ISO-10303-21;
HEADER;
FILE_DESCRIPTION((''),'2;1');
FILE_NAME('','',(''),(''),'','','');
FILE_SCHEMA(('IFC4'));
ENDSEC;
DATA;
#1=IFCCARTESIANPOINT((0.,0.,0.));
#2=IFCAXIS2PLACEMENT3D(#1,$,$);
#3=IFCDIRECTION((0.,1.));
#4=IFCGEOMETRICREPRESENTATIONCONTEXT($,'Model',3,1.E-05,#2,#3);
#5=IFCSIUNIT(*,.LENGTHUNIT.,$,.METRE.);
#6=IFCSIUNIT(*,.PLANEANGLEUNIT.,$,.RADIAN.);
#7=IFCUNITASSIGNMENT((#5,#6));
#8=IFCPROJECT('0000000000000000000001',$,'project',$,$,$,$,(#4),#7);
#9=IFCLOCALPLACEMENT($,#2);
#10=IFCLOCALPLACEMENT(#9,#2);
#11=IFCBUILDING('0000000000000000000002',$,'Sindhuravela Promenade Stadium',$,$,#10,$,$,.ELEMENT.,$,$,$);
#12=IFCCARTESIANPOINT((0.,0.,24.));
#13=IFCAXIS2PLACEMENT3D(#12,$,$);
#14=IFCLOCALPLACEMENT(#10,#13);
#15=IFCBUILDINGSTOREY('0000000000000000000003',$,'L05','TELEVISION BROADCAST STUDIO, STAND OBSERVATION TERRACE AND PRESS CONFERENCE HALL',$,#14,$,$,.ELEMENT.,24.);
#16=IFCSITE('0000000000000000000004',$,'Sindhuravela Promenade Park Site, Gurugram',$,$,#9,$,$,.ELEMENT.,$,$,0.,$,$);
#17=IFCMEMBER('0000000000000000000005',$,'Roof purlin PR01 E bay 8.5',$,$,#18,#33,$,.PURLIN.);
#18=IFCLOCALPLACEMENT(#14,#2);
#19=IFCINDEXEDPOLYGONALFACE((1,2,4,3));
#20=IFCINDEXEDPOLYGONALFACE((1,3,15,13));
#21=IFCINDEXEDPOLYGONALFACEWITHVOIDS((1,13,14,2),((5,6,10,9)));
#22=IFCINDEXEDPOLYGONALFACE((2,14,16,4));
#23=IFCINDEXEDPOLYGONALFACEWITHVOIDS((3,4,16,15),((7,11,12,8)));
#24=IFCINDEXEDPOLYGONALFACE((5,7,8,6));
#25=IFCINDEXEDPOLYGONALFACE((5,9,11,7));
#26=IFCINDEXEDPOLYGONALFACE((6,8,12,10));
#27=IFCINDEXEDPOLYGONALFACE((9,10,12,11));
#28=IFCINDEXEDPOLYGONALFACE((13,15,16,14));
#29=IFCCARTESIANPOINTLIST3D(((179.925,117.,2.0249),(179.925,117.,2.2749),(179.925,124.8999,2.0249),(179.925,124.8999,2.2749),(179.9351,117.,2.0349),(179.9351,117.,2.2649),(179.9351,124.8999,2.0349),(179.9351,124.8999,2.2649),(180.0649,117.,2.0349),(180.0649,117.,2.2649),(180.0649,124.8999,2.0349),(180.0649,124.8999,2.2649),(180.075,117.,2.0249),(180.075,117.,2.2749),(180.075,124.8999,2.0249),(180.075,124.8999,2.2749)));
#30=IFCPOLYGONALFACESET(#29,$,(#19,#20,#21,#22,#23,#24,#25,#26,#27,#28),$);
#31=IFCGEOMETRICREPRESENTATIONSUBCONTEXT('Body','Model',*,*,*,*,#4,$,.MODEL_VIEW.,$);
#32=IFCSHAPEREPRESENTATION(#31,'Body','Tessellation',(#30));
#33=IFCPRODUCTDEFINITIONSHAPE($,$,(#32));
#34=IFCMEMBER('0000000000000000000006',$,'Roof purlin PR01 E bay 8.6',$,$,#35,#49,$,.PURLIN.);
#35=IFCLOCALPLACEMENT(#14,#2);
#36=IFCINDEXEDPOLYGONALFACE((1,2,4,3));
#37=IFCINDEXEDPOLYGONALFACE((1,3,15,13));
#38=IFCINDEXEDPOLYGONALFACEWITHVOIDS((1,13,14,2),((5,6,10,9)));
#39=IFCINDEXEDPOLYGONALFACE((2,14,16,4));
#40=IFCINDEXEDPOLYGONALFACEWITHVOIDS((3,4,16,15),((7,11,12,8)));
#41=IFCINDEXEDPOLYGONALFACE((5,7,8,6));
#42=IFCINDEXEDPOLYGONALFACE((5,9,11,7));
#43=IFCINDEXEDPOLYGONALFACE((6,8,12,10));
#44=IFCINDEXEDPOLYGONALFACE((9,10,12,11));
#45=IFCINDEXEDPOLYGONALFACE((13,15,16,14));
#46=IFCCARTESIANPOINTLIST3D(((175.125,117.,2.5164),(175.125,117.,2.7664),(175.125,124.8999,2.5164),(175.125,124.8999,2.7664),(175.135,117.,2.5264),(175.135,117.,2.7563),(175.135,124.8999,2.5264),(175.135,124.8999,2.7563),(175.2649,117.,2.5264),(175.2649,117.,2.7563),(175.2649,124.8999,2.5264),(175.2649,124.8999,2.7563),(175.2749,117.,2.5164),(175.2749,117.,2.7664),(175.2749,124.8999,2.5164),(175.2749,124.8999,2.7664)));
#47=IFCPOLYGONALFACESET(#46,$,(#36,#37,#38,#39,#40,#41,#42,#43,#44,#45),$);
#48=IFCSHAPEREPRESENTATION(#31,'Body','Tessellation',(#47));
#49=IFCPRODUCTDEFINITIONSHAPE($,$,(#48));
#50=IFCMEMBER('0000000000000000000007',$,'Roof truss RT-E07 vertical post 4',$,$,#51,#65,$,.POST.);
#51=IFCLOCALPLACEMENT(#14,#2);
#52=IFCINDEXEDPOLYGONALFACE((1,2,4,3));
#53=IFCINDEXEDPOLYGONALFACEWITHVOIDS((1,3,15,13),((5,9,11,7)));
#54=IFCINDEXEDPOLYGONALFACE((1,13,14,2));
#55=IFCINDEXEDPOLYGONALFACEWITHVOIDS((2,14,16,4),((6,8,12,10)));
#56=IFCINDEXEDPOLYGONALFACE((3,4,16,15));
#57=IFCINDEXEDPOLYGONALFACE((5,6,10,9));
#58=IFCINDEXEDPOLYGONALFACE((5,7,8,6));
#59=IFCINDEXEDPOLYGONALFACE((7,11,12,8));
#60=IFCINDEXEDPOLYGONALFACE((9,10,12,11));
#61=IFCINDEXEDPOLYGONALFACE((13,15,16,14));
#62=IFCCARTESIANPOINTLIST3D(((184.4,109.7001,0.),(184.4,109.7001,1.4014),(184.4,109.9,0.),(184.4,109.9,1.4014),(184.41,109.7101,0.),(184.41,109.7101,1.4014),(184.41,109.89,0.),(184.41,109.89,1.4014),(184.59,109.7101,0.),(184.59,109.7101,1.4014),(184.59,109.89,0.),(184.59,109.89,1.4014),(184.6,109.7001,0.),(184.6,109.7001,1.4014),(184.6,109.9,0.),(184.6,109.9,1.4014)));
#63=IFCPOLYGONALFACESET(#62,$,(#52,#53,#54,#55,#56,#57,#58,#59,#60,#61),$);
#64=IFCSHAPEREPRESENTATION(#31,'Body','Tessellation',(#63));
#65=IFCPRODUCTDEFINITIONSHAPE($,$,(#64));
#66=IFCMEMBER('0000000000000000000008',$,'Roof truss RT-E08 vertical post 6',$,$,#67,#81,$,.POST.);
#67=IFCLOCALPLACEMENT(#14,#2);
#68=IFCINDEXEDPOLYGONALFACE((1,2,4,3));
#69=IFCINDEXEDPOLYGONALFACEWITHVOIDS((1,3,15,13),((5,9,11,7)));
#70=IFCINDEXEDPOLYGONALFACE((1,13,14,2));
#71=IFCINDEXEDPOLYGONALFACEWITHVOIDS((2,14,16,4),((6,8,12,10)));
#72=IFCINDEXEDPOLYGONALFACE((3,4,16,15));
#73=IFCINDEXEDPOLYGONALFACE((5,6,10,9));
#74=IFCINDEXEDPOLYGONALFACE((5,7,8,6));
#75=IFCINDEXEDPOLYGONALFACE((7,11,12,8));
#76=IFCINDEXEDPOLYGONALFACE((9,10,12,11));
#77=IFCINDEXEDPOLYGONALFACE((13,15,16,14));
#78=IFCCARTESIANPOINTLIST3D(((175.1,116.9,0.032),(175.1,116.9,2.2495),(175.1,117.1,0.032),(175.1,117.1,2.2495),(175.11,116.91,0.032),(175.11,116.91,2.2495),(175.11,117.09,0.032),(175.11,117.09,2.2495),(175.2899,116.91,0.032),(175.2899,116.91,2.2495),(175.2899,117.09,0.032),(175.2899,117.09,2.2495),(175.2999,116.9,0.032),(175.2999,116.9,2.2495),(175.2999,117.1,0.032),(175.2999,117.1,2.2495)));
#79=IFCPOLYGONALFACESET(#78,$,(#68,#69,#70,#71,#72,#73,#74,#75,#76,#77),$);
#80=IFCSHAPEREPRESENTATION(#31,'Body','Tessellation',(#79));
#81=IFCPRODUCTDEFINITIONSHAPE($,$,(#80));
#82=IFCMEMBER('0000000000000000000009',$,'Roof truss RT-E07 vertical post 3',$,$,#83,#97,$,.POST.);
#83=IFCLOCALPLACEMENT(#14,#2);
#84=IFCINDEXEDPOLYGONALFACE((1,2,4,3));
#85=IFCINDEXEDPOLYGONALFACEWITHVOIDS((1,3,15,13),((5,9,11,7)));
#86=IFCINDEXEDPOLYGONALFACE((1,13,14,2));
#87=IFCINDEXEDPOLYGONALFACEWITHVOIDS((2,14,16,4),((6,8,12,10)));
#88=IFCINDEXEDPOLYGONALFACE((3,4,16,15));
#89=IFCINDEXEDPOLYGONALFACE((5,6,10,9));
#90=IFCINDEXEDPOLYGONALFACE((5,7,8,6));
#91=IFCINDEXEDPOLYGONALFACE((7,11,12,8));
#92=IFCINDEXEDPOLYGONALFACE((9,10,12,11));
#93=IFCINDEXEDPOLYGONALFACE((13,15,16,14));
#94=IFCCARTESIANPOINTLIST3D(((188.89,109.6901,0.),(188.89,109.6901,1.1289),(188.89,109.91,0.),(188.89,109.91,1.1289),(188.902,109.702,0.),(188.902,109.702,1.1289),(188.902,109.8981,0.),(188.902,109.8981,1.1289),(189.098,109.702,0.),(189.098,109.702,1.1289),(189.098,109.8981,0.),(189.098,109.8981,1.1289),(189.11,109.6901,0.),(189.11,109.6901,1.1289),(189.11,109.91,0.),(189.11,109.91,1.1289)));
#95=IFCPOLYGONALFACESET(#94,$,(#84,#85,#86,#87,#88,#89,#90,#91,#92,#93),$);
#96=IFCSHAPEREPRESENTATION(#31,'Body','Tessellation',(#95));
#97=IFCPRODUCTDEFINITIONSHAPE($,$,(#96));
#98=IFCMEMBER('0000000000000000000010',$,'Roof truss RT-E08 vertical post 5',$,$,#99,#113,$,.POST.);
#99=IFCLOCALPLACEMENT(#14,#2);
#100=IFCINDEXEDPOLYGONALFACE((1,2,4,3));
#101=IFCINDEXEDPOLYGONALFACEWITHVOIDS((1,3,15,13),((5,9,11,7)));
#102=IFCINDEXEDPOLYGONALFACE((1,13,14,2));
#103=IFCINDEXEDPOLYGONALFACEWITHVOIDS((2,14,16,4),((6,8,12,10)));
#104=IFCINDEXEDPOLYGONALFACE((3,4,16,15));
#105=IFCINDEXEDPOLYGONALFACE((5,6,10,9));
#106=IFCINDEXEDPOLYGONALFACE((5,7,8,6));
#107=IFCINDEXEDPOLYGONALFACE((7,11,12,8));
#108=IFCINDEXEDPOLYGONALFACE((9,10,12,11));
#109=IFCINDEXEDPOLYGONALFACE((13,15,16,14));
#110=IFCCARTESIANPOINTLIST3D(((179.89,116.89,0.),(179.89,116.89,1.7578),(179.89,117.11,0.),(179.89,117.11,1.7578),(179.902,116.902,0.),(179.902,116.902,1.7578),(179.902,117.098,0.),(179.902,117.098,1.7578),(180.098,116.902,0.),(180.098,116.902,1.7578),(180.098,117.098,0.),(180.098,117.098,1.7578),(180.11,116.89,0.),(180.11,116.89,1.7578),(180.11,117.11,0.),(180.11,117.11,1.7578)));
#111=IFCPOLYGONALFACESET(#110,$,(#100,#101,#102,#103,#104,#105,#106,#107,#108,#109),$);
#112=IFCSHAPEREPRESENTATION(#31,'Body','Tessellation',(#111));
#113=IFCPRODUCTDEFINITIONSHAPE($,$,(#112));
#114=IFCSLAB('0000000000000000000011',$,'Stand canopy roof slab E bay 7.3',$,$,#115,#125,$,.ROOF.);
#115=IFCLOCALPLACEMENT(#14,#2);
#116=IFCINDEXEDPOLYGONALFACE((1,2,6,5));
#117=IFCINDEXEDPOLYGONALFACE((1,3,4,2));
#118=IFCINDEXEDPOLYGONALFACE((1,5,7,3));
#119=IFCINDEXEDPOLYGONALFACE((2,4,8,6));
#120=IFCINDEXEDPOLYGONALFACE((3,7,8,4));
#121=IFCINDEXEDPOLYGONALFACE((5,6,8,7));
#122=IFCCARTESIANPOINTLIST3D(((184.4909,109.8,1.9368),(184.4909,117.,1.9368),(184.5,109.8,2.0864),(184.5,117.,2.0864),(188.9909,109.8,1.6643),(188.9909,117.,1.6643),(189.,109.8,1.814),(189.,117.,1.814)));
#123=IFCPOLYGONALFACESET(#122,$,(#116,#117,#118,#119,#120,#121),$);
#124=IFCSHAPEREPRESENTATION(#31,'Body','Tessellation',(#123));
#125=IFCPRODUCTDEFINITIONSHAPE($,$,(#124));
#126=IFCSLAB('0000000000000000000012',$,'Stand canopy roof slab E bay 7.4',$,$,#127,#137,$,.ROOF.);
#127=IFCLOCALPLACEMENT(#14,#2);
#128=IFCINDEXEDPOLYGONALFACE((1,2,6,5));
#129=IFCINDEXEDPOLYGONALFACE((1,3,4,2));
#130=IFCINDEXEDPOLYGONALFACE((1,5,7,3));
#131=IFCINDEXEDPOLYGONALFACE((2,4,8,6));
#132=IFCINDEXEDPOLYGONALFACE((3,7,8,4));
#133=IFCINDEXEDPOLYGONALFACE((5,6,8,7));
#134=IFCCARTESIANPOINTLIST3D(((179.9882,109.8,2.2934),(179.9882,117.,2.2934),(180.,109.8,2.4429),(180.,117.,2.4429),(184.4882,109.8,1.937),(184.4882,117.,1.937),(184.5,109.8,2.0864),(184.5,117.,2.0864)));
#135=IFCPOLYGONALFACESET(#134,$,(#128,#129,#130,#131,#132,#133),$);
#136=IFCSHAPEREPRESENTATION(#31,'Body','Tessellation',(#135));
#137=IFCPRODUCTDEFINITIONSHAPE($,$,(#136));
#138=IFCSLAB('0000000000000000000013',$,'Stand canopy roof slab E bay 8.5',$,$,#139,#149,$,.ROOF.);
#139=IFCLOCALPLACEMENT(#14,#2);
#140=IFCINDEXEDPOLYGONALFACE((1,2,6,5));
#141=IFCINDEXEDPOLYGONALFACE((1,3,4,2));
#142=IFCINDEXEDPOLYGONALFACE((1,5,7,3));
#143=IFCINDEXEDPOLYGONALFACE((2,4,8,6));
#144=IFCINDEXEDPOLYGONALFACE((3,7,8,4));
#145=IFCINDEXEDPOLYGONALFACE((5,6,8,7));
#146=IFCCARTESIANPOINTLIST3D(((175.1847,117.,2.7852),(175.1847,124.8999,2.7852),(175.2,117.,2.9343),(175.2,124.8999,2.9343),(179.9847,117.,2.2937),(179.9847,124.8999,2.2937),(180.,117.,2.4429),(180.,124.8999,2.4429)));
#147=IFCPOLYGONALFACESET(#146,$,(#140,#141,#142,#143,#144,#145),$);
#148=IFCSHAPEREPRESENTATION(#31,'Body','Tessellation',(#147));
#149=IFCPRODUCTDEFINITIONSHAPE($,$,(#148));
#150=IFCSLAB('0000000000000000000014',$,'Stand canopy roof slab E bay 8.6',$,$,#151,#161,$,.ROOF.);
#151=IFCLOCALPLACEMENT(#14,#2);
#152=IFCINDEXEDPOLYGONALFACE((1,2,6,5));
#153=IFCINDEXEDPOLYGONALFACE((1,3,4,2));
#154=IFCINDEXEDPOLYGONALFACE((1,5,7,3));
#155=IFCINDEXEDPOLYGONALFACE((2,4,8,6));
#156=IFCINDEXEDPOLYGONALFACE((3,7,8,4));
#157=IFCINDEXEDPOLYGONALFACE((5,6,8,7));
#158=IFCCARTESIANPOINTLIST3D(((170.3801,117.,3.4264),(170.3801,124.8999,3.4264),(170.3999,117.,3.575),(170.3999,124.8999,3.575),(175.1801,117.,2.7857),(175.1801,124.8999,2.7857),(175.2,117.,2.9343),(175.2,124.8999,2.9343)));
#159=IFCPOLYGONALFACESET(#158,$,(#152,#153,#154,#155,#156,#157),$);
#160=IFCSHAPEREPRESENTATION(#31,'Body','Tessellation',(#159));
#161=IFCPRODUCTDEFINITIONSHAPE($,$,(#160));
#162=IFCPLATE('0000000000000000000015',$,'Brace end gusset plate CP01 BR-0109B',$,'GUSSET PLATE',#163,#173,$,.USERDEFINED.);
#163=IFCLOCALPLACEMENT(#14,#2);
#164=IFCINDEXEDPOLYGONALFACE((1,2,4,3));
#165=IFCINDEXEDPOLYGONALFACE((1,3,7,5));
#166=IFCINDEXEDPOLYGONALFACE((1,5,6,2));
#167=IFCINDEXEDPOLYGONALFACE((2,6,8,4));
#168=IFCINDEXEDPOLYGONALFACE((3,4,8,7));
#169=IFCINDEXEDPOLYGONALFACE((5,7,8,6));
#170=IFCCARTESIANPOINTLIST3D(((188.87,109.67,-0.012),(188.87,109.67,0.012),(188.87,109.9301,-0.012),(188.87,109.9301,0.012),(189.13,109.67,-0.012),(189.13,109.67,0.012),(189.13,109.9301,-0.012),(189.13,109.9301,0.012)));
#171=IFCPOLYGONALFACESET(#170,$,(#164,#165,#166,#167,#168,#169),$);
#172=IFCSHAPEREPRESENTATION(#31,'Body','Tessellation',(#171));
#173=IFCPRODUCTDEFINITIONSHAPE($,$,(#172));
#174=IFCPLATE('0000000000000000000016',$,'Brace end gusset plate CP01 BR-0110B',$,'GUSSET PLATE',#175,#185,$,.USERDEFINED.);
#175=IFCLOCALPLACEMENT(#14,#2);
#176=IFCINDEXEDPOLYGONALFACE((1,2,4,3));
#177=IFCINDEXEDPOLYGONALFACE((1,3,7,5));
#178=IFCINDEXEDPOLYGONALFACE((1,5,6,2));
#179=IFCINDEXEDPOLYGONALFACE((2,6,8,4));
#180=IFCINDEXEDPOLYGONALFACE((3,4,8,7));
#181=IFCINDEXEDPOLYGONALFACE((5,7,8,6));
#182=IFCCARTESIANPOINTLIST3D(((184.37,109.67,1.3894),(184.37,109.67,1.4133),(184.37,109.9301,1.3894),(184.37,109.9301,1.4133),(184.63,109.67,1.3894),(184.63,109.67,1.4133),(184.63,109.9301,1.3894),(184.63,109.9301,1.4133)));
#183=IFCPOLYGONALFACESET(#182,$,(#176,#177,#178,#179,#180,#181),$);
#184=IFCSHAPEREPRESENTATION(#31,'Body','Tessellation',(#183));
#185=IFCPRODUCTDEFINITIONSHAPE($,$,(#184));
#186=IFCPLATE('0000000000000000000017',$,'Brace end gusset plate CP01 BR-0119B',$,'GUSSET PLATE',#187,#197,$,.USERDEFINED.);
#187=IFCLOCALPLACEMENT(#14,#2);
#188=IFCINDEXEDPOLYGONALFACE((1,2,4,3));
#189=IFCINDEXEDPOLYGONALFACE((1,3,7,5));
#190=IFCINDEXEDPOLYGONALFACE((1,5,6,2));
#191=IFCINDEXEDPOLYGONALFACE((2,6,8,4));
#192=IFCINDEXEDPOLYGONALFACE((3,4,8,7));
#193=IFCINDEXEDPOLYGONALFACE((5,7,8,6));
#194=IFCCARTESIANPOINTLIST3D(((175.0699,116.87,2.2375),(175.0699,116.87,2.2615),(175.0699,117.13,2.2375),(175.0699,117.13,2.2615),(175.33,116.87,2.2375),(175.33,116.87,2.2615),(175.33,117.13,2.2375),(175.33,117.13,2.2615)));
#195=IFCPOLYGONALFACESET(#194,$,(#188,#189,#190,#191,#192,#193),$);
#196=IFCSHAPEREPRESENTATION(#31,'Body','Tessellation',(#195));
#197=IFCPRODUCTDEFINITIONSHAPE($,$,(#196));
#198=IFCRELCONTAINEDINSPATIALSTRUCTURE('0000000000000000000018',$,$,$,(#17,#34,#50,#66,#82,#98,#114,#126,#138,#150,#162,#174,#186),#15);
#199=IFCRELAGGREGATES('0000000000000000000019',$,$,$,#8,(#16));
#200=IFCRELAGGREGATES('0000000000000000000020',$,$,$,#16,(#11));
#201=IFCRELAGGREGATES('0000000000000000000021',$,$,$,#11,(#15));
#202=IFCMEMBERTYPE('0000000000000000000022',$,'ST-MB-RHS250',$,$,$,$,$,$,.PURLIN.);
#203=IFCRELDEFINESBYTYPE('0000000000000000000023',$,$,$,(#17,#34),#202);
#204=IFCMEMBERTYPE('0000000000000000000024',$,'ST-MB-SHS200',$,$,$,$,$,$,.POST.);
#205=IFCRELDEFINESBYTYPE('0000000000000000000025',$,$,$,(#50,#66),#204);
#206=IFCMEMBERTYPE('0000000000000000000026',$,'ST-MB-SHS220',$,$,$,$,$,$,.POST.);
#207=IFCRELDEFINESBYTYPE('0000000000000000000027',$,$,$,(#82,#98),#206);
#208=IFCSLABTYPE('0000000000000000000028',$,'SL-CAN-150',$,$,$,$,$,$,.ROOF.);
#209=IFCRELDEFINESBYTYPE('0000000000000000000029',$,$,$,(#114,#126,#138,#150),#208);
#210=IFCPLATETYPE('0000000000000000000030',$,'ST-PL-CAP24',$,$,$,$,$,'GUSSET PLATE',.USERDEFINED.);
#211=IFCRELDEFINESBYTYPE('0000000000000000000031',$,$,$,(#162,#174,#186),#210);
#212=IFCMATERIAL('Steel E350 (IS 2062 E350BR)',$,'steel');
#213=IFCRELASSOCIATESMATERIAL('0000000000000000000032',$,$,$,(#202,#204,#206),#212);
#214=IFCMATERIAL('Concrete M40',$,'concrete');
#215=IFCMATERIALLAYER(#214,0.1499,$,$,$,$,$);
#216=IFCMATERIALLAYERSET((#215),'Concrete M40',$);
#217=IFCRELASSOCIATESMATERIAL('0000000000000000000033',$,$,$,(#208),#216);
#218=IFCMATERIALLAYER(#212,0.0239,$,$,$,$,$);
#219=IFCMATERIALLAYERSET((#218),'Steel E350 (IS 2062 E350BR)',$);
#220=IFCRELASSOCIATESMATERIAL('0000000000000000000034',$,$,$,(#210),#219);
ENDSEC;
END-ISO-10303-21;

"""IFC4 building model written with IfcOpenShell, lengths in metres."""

from ifc_helpers import new_model, si_unit, direction, frame, origin, origin_2d, place, context, subcontext, project, spatial, polyline, rectangle, hollow_rectangle, outline, extrude, material, layer, layer_set, material_profile, profile_set, type_object, element, save


model = new_model("IFC4")

# Units and contexts
model_context = context("Model", 3, precision=1e-05, world=origin(), true_north=direction((0.0, 1.0)))
body_context = subcontext(model_context, "Body", "Model", "MODEL_VIEW")
ifc_project = project(units=[si_unit("LENGTHUNIT", "METRE"), si_unit("PLANEANGLEUNIT", "RADIAN")], contexts=[model_context])

# Site, building, storey
site_placement = place(None, origin())
site = spatial("IfcSite", under=ifc_project, at=site_placement, Name="Sindhuravela Promenade Park Site, Gurugram", CompositionType="ELEMENT", RefElevation=0.0)
building_placement = place(site_placement, origin())
building = spatial("IfcBuilding", under=site, at=building_placement, Name="Sindhuravela Promenade Stadium", CompositionType="ELEMENT")
storey_placement = place(building_placement, frame((0.0, 0.0, 24.0)))
storey = spatial("IfcBuildingStorey", under=building, at=storey_placement, Name="L05", Description="TELEVISION BROADCAST STUDIO, STAND OBSERVATION TERRACE AND PRESS CONFERENCE HALL", CompositionType="ELEMENT", Elevation=24.0)

# Shared definitions
ifc_material_1 = material(Name="Concrete M40", Category="concrete")
ifc_material_2 = material(Name="Steel E350 (IS 2062 E350BR)", Category="steel")

# Members
ifc_material_profile_1 = material_profile(ifc_material_2, hollow_rectangle(XDim=0.1499, YDim=0.25, WallThickness=0.01, at=origin_2d()), Name="RHS 250x150x10")
ifc_profile_set_1 = profile_set([ifc_material_profile_1], Name="Steel E350 (IS 2062 E350BR)")
member_type_1 = type_object("IfcMemberType", Name="ST-MB-RHS250", PredefinedType="PURLIN", material=ifc_profile_set_1)
for number, where, z_axis, x_axis, name in (
    (1, (180.0, 117.0, 2.1499), (0.0, 1.0, 0.0), (-1.0, 0.0, 0.0), "Roof purlin PR01 E bay 8.5"),
    (2, (175.2, 117.0, 2.6414), (0.0, 1.0, 0.0), (-1.0, 0.0, 0.0), "Roof purlin PR01 E bay 8.6"),
):
    element("IfcMember", number, at=place(storey_placement, frame(where, z_axis=z_axis, x_axis=x_axis)), inside=storey, type_object=member_type_1, Name=name, PredefinedType="PURLIN", context=body_context, shape_type="SweptSolid", body=[
        extrude(hollow_rectangle(XDim=0.1499, YDim=0.25, WallThickness=0.01, at=origin_2d()), origin(), (0.0, 0.0, 1.0), 7.8999),
    ])
ifc_material_profile_2 = material_profile(ifc_material_2, hollow_rectangle(XDim=0.2, YDim=0.2, WallThickness=0.01, at=origin_2d()), Name="SHS 200x200x10")
ifc_profile_set_2 = profile_set([ifc_material_profile_2], Name="Steel E350 (IS 2062 E350BR)")
member_type_2 = type_object("IfcMemberType", Name="ST-MB-SHS200", PredefinedType="POST", material=ifc_profile_set_2)
member_1_placement = place(storey_placement, frame((184.5, 109.8, 0.0), z_axis=(0.0, 0.0, 1.0), x_axis=(1.0, 0.0, 0.0)))
element("IfcMember", 3, at=member_1_placement, inside=storey, type_object=member_type_2, Name="Roof truss RT-E07 vertical post 4", PredefinedType="POST", context=body_context, shape_type="SweptSolid", body=[
    extrude(hollow_rectangle(XDim=0.2, YDim=0.2, WallThickness=0.01, at=origin_2d()), origin(), (0.0, 0.0, 1.0), 1.4014),
])
member_2_placement = place(storey_placement, frame((175.2, 117.0, 0.032), z_axis=(0.0, 0.0, 1.0), x_axis=(1.0, 0.0, 0.0)))
element("IfcMember", 4, at=member_2_placement, inside=storey, type_object=member_type_2, Name="Roof truss RT-E08 vertical post 6", PredefinedType="POST", context=body_context, shape_type="SweptSolid", body=[
    extrude(hollow_rectangle(XDim=0.2, YDim=0.2, WallThickness=0.01, at=origin_2d()), origin(), (0.0, 0.0, 1.0), 2.2175),
])
ifc_material_profile_3 = material_profile(ifc_material_2, hollow_rectangle(XDim=0.22, YDim=0.22, WallThickness=0.012, at=origin_2d()), Name="SHS 220x220x12")
ifc_profile_set_3 = profile_set([ifc_material_profile_3], Name="Steel E350 (IS 2062 E350BR)")
member_type_3 = type_object("IfcMemberType", Name="ST-MB-SHS220", PredefinedType="POST", material=ifc_profile_set_3)
member_3_placement = place(storey_placement, frame((189.0, 109.8, 0.0), z_axis=(0.0, 0.0, 1.0), x_axis=(1.0, 0.0, 0.0)))
element("IfcMember", 5, at=member_3_placement, inside=storey, type_object=member_type_3, Name="Roof truss RT-E07 vertical post 3", PredefinedType="POST", context=body_context, shape_type="SweptSolid", body=[
    extrude(hollow_rectangle(XDim=0.22, YDim=0.22, WallThickness=0.012, at=origin_2d()), origin(), (0.0, 0.0, 1.0), 1.1289),
])
member_4_placement = place(storey_placement, frame((180.0, 117.0, 0.0), z_axis=(0.0, 0.0, 1.0), x_axis=(1.0, 0.0, 0.0)))
element("IfcMember", 6, at=member_4_placement, inside=storey, type_object=member_type_3, Name="Roof truss RT-E08 vertical post 5", PredefinedType="POST", context=body_context, shape_type="SweptSolid", body=[
    extrude(hollow_rectangle(XDim=0.22, YDim=0.22, WallThickness=0.012, at=origin_2d()), origin(), (0.0, 0.0, 1.0), 1.7578),
])

# Slabs
ifc_layer_1 = layer(ifc_material_1, 0.1499)
ifc_layer_set_1 = layer_set([ifc_layer_1], Name="Concrete M40")
slab_type = type_object("IfcSlabType", Name="SL-CAN-150", PredefinedType="ROOF", material=ifc_layer_set_1)
slab_1_placement = place(storey_placement, frame((189.0, 109.8, 1.814), z_axis=(0.060436, 0.0, 0.998172), x_axis=(0.0, 1.0, 0.0)))
element("IfcSlab", 7, at=slab_1_placement, inside=storey, type_object=slab_type, Name="Stand canopy roof slab E bay 7.3", PredefinedType="ROOF", context=body_context, shape_type="SweptSolid", body=[
    extrude(outline(polyline([(0.0, 0.0), (7.2, 0.0), (7.2, 4.5082), (0.0, 4.5082), (0.0, 0.0)])), origin(), (0.0, 0.0, -1.0), 0.1499),
])
slab_2_placement = place(storey_placement, frame((184.5, 109.8, 2.0864), z_axis=(0.078963, 0.0, 0.996878), x_axis=(0.0, 1.0, 0.0)))
element("IfcSlab", 8, at=slab_2_placement, inside=storey, type_object=slab_type, Name="Stand canopy roof slab E bay 7.4", PredefinedType="ROOF", context=body_context, shape_type="SweptSolid", body=[
    extrude(outline(polyline([(0.0, 0.0), (7.2, 0.0), (7.2, 4.5141), (0.0, 4.5141), (0.0, 0.0)])), origin(), (0.0, 0.0, -1.0), 0.1499),
])
slab_3_placement = place(storey_placement, frame((180.0, 117.0, 2.4429), z_axis=(0.101853, 0.0, 0.994799), x_axis=(0.0, 1.0, 0.0)))
element("IfcSlab", 9, at=slab_3_placement, inside=storey, type_object=slab_type, Name="Stand canopy roof slab E bay 8.5", PredefinedType="ROOF", context=body_context, shape_type="SweptSolid", body=[
    extrude(outline(polyline([(0.0, 0.0), (7.8999, 0.0), (7.8999, 4.8251), (0.0, 4.8251), (0.0, 0.0)])), origin(), (0.0, 0.0, -1.0), 0.1499),
])
slab_4_placement = place(storey_placement, frame((175.2, 117.0, 2.9343), z_axis=(0.132289, 0.0, 0.991211), x_axis=(0.0, 1.0, 0.0)))
element("IfcSlab", 10, at=slab_4_placement, inside=storey, type_object=slab_type, Name="Stand canopy roof slab E bay 8.6", PredefinedType="ROOF", context=body_context, shape_type="SweptSolid", body=[
    extrude(outline(polyline([(0.0, 0.0), (7.8999, 0.0), (7.8999, 4.8426), (0.0, 4.8426), (0.0, 0.0)])), origin(), (0.0, 0.0, -1.0), 0.1499),
])

# Plates
ifc_layer_2 = layer(ifc_material_2, 0.0239)
ifc_layer_set_2 = layer_set([ifc_layer_2], Name="Steel E350 (IS 2062 E350BR)")
plate_type = type_object("IfcPlateType", Name="ST-PL-CAP24", ElementType="GUSSET PLATE", PredefinedType="USERDEFINED", material=ifc_layer_set_2)
for number, where, z_axis, x_axis, name in (
    (11, (189.0, 109.8, -0.012), (0.0, 0.0, 1.0), (1.0, 0.0, 0.0), "Brace end gusset plate CP01 BR-0109B"),
    (12, (184.5, 109.8, 1.3894), (0.0, 0.0, 1.0), (1.0, 0.0, 0.0), "Brace end gusset plate CP01 BR-0110B"),
    (13, (175.2, 117.0, 2.2375), (0.0, 0.0, 1.0), (1.0, 0.0, 0.0), "Brace end gusset plate CP01 BR-0119B"),
):
    element("IfcPlate", number, at=place(storey_placement, frame(where, z_axis=z_axis, x_axis=x_axis)), inside=storey, type_object=plate_type, Name=name, ObjectType="GUSSET PLATE", PredefinedType="USERDEFINED", context=body_context, shape_type="SweptSolid", body=[
        extrude(rectangle(XDim=0.26, YDim=0.26, at=origin_2d()), origin(), (0.0, 0.0, 1.0), 0.0239),
    ])

save(model, "model.ifc")
